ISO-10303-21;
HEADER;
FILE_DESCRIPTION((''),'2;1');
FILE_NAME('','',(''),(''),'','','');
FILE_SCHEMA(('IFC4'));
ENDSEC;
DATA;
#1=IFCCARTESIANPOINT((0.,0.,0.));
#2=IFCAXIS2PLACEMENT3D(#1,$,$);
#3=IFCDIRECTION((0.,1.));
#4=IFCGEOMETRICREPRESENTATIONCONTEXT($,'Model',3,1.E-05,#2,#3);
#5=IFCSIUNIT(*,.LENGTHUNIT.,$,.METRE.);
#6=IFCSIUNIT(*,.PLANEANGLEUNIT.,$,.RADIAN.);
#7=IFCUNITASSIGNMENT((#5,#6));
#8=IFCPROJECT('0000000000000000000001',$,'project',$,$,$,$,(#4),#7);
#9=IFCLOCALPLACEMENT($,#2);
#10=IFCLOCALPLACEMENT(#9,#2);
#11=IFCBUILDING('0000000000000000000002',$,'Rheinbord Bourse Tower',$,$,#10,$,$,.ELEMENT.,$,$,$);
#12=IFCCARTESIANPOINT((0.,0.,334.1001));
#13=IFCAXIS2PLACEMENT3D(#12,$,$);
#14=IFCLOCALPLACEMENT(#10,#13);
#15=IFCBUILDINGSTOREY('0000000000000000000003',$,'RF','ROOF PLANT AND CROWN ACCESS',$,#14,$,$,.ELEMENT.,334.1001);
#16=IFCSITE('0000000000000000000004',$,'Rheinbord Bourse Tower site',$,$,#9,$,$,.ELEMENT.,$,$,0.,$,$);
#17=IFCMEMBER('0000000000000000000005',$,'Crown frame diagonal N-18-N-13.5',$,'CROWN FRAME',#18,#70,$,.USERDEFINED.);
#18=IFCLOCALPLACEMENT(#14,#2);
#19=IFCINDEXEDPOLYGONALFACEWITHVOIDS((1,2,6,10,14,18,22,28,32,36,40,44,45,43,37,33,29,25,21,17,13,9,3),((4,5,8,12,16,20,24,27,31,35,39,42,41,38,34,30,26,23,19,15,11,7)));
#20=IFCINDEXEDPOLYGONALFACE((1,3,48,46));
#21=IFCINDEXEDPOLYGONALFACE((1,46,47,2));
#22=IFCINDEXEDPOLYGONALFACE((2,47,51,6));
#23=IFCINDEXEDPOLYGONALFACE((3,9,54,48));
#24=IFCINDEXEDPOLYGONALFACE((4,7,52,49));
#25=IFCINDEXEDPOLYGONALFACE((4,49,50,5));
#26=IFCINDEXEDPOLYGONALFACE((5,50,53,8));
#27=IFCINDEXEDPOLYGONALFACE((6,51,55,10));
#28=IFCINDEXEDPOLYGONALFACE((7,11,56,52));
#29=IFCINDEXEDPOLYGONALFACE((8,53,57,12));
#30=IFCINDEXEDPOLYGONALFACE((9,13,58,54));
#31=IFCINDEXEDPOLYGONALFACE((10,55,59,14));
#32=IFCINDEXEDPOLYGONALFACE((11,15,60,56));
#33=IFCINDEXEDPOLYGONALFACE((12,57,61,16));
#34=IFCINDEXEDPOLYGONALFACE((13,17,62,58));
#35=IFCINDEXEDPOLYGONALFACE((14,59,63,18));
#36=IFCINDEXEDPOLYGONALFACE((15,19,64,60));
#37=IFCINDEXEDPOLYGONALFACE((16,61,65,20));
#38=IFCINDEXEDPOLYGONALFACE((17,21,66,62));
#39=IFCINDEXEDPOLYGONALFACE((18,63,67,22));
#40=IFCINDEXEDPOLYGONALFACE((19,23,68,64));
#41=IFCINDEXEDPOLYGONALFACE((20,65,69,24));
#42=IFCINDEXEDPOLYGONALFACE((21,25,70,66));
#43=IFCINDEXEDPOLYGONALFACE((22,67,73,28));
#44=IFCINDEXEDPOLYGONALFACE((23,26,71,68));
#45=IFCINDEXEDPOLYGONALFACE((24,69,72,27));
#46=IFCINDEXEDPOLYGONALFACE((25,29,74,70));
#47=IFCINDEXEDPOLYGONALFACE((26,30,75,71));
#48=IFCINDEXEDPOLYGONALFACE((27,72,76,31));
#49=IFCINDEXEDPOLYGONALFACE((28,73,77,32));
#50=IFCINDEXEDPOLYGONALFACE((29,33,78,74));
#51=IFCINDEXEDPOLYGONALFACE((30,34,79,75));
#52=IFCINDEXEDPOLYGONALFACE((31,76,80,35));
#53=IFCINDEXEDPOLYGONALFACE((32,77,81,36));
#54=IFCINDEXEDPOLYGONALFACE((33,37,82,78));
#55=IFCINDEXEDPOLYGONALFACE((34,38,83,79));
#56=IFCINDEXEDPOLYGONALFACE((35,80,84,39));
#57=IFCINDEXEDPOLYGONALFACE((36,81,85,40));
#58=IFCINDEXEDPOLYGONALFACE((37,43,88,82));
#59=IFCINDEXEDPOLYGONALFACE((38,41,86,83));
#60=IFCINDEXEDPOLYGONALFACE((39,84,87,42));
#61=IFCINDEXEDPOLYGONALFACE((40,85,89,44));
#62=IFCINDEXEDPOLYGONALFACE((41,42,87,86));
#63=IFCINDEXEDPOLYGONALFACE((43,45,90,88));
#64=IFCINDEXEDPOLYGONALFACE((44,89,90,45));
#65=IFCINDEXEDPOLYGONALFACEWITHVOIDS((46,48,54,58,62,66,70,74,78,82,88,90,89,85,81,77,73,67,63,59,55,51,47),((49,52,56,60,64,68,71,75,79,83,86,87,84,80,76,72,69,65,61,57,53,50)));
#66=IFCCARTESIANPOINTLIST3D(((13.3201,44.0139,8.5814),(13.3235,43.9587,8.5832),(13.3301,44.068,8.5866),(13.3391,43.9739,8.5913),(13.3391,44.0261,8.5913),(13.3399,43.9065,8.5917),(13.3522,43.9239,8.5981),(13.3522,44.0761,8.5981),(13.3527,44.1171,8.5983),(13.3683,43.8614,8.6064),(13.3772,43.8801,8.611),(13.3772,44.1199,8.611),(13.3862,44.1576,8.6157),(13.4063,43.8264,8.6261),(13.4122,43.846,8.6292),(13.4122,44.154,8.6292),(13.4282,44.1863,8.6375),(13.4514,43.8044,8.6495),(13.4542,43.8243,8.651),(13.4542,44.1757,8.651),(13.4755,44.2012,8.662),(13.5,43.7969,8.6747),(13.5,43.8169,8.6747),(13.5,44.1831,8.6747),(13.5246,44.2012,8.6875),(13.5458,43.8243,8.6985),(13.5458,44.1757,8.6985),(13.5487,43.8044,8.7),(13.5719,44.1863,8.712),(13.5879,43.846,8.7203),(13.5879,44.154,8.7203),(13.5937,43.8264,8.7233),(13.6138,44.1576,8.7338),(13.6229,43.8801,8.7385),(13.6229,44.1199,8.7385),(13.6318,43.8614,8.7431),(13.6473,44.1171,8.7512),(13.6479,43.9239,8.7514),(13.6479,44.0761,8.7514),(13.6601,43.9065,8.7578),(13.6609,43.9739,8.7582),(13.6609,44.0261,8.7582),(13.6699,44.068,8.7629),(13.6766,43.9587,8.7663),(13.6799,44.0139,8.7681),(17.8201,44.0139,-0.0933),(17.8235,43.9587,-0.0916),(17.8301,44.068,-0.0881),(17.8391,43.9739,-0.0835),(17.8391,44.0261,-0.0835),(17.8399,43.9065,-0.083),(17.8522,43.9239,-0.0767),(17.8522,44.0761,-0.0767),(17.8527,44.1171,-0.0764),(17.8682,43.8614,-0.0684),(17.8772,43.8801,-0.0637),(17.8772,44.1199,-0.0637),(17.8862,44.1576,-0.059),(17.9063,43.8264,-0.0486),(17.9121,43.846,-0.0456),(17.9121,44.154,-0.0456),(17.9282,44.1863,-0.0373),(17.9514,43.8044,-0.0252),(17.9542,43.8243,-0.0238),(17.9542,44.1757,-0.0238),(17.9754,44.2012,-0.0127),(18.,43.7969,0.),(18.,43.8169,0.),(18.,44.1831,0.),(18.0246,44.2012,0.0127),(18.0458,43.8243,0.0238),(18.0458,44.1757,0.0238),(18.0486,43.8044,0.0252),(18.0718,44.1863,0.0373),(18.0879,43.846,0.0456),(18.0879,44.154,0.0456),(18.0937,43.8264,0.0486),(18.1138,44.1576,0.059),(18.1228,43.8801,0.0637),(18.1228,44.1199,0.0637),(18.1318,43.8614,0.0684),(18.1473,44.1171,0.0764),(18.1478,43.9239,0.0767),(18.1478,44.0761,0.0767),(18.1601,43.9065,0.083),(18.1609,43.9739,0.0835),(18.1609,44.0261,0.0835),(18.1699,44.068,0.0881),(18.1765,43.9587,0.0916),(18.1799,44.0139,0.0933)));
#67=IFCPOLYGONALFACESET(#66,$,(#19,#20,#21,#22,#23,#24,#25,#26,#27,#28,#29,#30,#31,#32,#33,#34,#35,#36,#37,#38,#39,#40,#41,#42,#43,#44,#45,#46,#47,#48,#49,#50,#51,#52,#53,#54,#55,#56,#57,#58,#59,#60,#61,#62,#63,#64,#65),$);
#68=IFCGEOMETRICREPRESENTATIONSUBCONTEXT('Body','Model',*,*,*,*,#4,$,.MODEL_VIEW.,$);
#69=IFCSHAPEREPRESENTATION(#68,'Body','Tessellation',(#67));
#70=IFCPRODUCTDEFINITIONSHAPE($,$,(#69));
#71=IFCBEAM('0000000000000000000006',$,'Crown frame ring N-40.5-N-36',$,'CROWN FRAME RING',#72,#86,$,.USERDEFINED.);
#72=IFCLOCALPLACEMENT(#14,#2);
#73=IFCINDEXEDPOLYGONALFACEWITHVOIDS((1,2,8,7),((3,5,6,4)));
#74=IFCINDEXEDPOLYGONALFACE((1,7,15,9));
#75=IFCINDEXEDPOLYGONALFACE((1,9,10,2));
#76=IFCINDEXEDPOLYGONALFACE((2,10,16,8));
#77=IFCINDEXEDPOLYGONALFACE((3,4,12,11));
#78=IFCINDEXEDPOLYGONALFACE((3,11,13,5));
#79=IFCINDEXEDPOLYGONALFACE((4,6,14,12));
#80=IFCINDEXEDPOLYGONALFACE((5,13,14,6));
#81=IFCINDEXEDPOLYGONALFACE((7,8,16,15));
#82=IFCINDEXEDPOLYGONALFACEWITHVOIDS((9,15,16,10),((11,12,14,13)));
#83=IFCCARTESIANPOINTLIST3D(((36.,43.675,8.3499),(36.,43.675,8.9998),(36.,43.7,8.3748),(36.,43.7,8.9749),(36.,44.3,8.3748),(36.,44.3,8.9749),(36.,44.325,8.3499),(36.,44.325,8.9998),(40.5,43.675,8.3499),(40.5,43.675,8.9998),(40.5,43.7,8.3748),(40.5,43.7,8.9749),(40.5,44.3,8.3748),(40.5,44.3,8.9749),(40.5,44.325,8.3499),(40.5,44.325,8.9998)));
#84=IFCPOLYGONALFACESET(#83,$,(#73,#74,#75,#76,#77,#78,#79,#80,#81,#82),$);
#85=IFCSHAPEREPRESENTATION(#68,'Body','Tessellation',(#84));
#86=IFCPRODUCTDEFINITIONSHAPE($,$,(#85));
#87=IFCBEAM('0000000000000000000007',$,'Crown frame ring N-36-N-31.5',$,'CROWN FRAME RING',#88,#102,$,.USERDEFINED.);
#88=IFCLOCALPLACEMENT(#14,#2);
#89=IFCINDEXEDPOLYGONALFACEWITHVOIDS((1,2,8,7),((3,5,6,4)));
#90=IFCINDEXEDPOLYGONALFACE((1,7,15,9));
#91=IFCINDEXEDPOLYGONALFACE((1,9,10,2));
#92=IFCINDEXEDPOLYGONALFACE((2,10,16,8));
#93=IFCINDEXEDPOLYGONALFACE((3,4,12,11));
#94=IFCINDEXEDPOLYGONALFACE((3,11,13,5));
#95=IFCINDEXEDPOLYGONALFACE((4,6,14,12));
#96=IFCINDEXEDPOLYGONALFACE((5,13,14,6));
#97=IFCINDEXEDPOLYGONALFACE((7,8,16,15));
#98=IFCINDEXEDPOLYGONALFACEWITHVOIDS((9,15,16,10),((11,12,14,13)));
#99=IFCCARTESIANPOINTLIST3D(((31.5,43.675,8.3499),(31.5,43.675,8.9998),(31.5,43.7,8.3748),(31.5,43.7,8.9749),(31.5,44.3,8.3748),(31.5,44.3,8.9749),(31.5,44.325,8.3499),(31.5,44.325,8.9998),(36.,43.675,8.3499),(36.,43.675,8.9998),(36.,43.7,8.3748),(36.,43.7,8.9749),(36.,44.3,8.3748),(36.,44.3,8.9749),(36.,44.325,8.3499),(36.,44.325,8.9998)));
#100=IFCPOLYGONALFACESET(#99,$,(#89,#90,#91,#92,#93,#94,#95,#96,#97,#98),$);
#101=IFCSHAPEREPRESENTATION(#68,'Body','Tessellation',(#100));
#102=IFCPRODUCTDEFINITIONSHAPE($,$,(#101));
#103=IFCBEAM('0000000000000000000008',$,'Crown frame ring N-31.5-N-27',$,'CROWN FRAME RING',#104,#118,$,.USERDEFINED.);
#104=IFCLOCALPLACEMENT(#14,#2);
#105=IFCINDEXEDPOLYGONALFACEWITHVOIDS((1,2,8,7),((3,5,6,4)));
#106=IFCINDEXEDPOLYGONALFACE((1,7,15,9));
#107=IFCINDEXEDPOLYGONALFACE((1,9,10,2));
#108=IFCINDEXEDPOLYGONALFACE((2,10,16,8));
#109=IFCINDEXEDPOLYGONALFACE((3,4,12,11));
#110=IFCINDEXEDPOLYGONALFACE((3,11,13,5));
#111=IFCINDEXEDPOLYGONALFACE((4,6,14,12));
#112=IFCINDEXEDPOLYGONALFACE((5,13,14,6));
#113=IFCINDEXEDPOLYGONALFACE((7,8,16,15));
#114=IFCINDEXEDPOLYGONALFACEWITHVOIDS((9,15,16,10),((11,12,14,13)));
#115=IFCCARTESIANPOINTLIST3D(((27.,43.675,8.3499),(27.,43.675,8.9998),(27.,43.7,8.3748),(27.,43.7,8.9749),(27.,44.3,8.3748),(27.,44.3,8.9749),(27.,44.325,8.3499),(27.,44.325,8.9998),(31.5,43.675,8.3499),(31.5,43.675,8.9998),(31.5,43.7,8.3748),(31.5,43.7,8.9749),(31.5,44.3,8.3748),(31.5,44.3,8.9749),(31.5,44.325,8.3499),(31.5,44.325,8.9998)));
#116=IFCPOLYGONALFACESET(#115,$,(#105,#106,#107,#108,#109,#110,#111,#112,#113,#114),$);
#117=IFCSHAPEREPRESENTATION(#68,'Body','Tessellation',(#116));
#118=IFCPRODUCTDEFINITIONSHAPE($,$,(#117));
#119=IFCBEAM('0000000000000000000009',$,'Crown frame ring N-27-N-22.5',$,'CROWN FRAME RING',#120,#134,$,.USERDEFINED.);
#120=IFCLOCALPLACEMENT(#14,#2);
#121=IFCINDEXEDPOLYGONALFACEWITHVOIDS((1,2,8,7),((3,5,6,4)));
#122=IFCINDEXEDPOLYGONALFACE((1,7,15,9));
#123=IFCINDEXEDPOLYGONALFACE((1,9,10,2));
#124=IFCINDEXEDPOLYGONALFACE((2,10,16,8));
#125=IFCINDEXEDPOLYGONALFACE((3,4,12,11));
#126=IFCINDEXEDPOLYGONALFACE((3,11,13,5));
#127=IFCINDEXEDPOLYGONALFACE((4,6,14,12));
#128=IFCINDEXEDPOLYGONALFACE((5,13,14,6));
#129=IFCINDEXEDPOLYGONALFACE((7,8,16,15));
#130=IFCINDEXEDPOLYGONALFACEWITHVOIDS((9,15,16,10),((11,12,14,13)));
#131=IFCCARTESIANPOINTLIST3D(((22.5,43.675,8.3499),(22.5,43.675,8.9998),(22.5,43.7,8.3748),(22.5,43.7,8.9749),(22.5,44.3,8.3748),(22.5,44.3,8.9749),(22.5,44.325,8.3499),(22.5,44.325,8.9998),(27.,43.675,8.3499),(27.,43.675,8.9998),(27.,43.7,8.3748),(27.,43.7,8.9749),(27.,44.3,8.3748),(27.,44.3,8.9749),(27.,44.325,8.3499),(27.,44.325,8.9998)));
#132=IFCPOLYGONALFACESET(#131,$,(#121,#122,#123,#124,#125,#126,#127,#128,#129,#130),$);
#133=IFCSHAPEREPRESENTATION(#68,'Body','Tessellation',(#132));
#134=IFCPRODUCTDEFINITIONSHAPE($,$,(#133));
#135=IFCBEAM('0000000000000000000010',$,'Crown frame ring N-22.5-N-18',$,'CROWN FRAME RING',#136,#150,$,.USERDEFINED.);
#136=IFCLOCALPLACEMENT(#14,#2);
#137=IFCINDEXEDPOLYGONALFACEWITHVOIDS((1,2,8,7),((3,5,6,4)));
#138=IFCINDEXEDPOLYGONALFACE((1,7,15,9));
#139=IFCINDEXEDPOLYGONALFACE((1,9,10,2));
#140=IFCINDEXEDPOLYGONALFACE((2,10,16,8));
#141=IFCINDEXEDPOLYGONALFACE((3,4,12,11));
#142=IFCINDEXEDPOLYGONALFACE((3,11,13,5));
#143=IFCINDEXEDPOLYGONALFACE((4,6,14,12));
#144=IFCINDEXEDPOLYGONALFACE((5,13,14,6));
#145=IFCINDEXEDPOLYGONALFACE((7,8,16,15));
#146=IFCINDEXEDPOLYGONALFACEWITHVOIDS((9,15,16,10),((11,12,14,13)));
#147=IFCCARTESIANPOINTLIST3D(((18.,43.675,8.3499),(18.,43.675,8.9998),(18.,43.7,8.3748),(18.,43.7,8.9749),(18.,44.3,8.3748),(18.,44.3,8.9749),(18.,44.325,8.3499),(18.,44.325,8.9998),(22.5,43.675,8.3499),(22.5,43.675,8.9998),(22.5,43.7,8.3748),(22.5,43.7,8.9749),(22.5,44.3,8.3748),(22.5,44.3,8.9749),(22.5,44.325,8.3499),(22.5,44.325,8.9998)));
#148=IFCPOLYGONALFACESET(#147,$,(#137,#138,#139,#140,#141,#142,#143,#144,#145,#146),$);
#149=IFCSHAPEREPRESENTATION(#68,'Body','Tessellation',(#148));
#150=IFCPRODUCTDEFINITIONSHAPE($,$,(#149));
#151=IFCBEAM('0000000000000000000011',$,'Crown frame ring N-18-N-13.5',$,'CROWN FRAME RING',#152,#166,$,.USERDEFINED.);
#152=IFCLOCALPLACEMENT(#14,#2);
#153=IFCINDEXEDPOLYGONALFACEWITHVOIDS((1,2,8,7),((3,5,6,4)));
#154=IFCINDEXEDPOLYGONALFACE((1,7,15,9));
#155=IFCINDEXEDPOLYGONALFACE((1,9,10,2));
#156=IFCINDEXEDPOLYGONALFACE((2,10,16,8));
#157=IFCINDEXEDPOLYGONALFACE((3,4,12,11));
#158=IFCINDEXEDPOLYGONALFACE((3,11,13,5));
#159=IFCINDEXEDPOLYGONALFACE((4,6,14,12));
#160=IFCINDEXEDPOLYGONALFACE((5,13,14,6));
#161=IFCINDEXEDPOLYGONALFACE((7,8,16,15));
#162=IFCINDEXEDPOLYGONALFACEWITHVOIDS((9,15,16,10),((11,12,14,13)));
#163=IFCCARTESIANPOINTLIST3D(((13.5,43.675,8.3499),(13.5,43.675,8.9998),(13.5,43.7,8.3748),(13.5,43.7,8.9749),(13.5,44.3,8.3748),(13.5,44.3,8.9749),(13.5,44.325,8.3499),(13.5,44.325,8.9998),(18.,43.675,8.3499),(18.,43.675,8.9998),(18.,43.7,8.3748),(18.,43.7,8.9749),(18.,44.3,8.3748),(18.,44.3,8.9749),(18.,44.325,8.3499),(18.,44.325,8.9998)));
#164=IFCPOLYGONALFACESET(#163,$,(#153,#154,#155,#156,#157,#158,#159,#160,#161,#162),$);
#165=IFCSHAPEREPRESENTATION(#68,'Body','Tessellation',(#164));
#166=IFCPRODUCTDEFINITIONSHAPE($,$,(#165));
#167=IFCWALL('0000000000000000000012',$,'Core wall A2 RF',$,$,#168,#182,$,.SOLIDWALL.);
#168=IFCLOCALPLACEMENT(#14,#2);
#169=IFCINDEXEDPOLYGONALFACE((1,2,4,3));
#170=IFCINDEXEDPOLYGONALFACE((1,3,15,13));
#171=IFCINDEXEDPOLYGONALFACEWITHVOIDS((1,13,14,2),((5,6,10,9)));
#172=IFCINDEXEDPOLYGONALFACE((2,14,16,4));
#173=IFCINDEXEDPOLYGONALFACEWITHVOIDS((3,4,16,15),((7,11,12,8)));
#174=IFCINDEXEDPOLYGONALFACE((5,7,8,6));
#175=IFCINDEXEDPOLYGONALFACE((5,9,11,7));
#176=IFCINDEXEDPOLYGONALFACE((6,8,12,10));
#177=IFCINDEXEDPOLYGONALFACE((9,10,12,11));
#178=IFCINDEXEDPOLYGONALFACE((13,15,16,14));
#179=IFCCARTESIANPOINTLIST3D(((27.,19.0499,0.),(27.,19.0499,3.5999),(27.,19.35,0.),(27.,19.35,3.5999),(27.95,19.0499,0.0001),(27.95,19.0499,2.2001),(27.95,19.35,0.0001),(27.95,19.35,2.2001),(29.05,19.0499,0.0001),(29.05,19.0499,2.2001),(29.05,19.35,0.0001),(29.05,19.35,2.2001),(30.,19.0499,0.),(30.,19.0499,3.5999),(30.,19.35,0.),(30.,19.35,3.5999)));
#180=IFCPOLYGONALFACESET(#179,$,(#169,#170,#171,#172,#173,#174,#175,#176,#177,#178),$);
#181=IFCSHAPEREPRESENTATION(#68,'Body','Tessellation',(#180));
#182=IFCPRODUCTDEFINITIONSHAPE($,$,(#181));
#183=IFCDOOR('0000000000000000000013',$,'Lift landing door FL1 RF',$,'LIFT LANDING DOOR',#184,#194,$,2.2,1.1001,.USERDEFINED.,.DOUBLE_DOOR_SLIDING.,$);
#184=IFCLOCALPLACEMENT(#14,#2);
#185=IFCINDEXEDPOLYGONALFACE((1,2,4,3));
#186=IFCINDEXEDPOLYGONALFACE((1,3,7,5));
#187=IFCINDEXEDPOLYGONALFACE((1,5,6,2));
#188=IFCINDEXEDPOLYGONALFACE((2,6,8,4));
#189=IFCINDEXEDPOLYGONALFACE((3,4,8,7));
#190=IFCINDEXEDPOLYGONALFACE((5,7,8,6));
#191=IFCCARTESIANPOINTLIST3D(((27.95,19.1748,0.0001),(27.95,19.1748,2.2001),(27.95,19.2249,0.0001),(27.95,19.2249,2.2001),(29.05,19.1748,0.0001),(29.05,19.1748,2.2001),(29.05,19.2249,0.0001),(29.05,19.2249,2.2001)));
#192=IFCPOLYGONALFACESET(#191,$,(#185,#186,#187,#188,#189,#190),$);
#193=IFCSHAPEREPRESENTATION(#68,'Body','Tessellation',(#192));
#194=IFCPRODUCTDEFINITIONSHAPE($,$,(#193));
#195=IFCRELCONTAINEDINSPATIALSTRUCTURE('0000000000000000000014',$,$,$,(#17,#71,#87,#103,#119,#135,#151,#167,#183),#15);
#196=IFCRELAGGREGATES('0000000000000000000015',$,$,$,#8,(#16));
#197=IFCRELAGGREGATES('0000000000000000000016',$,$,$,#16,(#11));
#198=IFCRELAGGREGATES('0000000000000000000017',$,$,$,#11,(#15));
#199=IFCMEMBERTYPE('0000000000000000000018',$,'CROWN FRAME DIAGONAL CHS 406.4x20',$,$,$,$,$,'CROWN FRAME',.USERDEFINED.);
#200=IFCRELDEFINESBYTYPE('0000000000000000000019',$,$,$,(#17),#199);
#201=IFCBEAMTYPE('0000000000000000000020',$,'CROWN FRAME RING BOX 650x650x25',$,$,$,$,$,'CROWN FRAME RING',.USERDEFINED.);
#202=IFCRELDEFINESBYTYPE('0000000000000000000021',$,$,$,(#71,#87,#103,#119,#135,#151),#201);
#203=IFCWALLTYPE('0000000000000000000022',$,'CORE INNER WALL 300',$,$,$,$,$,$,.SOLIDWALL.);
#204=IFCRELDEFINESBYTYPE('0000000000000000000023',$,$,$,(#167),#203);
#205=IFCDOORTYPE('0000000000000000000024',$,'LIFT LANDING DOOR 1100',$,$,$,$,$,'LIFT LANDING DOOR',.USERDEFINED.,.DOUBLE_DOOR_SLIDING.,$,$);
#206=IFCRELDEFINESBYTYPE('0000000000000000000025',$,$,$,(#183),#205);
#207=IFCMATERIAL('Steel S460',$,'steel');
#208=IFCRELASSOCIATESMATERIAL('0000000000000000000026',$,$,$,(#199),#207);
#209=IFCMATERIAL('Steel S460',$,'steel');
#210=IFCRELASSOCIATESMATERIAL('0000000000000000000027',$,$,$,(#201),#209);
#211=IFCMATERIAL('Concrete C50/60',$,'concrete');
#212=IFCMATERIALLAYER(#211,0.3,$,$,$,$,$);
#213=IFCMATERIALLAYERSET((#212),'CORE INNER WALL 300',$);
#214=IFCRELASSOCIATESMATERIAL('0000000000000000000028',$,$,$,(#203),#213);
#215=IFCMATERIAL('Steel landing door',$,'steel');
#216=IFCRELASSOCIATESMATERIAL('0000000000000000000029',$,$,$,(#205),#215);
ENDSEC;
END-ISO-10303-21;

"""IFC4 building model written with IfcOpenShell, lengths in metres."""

from ifc_helpers import new_model, si_unit, direction, frame, frame_2d, origin, origin_2d, place, context, subcontext, project, spatial, rectangle, hollow_rectangle, hollow_circle, extrude, material, layer, layer_set, material_profile, profile_set, type_object, element, fill, save


model = new_model("IFC4")

# Units and contexts
model_context = context("Model", 3, precision=1e-05, world=origin(), true_north=direction((0.0, 1.0)))
body_context = subcontext(model_context, "Body", "Model", "MODEL_VIEW")
ifc_project = project(units=[si_unit("LENGTHUNIT", "METRE"), si_unit("PLANEANGLEUNIT", "RADIAN")], contexts=[model_context])

# Site, building, storey
site_placement = place(None, origin())
site = spatial("IfcSite", under=ifc_project, at=site_placement, Name="Rheinbord Bourse Tower site", CompositionType="ELEMENT", RefElevation=0.0)
building_placement = place(site_placement, origin())
building = spatial("IfcBuilding", under=site, at=building_placement, Name="Rheinbord Bourse Tower", CompositionType="ELEMENT")
storey_placement = place(building_placement, frame((0.0, 0.0, 334.1001)))
storey = spatial("IfcBuildingStorey", under=building, at=storey_placement, Name="RF", Description="ROOF PLANT AND CROWN ACCESS", CompositionType="ELEMENT", Elevation=334.1001)

# Member
ifc_material_1 = material(Name="Steel S460", Category="steel")
ifc_material_profile_1 = material_profile(ifc_material_1, hollow_circle(Radius=0.2031, WallThickness=0.02, at=origin_2d()), Name="CHS 406.4x20")
ifc_profile_set_1 = profile_set([ifc_material_profile_1], Name="Steel S460")
member_type = type_object("IfcMemberType", Name="CROWN FRAME DIAGONAL CHS 406.4x20", ElementType="CROWN FRAME", PredefinedType="USERDEFINED", material=ifc_profile_set_1)
for number, where, z_axis, x_axis, name in (
    (1, (18.0, 44.0, 0.0), (-0.460475, 0.0, 0.887673), (0.0, -1.0, 0.0), "Crown frame diagonal N-18-N-13.5"),
):
    element("IfcMember", number, at=place(storey_placement, frame(where, z_axis=z_axis, x_axis=x_axis)), inside=storey, type_object=member_type, Name=name, ObjectType="CROWN FRAME", PredefinedType="USERDEFINED", context=body_context, shape_type="SweptSolid", body=[
        extrude(hollow_circle(Radius=0.2031, WallThickness=0.02, at=origin_2d()), origin(), (0.0, 0.0, 1.0), 9.7725),
    ])

# Beams
ifc_material_2 = material(Name="Steel S460", Category="steel")
ifc_material_profile_2 = material_profile(ifc_material_2, hollow_rectangle(XDim=0.6499, YDim=0.6499, WallThickness=0.0249, at=origin_2d()), Name="BOX 650x650x25")
ifc_profile_set_2 = profile_set([ifc_material_profile_2], Name="Steel S460")
beam_type = type_object("IfcBeamType", Name="CROWN FRAME RING BOX 650x650x25", ElementType="CROWN FRAME RING", PredefinedType="USERDEFINED", material=ifc_profile_set_2)
for number, where, z_axis, x_axis, name in (
    (2, (40.5, 44.0, 8.6748), (-1.0, 0.0, 0.0), (0.0, -1.0, 0.0), "Crown frame ring N-40.5-N-36"),
    (3, (36.0, 44.0, 8.6748), (-1.0, 0.0, 0.0), (0.0, -1.0, 0.0), "Crown frame ring N-36-N-31.5"),
    (4, (31.5, 44.0, 8.6748), (-1.0, 0.0, 0.0), (0.0, -1.0, 0.0), "Crown frame ring N-31.5-N-27"),
    (5, (27.0, 44.0, 8.6748), (-1.0, 0.0, 0.0), (0.0, -1.0, 0.0), "Crown frame ring N-27-N-22.5"),
    (6, (22.5, 44.0, 8.6748), (-1.0, 0.0, 0.0), (0.0, -1.0, 0.0), "Crown frame ring N-22.5-N-18"),
    (7, (18.0, 44.0, 8.6748), (-1.0, 0.0, 0.0), (0.0, -1.0, 0.0), "Crown frame ring N-18-N-13.5"),
):
    element("IfcBeam", number, at=place(storey_placement, frame(where, z_axis=z_axis, x_axis=x_axis)), inside=storey, type_object=beam_type, Name=name, ObjectType="CROWN FRAME RING", PredefinedType="USERDEFINED", context=body_context, shape_type="SweptSolid", body=[
        extrude(hollow_rectangle(XDim=0.6499, YDim=0.6499, WallThickness=0.0249, at=origin_2d()), origin(), (0.0, 0.0, 1.0), 4.5),
    ])

# Wall, opening, door
ifc_material_3 = material(Name="Concrete C50/60", Category="concrete")
ifc_layer_1 = layer(ifc_material_3, 0.3)
ifc_layer_set_1 = layer_set([ifc_layer_1], Name="CORE INNER WALL 300")
wall_type_1 = type_object("IfcWallType", Name="CORE INNER WALL 300", PredefinedType="SOLIDWALL", material=ifc_layer_set_1)
wall_1_placement = place(storey_placement, frame((27.0, 19.2, 0.0), z_axis=(0.0, 0.0, 1.0), x_axis=(1.0, 0.0, 0.0)))
wall_1 = element("IfcWall", 8, at=wall_1_placement, inside=storey, type_object=wall_type_1, Name="Core wall A2 RF", PredefinedType="SOLIDWALL", context=body_context, shape_type="SweptSolid", body=[
    extrude(rectangle(XDim=3.0, YDim=0.3, at=frame_2d((1.5, 0.0))), origin(), (0.0, 0.0, 1.0), 3.5999),
])
opening_1_placement = place(wall_1_placement, frame((0.95, 0.0, 0.0)))
opening_1 = element("IfcOpeningElement", 9, at=opening_1_placement, cuts=wall_1, PredefinedType="OPENING", context=body_context, shape_type="SweptSolid", body=[
    extrude(rectangle(XDim=1.1001, YDim=2.2, at=frame_2d((0.55, 1.1001))), frame((0.0, 0.1599, 0.0), z_axis=(0.0, -1.0, 0.0), x_axis=(1.0, 0.0, 0.0)), (0.0, 0.0, 1.0), 0.3201),
])
ifc_material_4 = material(Name="Steel landing door", Category="steel")
door_type_1 = type_object("IfcDoorType", Name="LIFT LANDING DOOR 1100", ElementType="LIFT LANDING DOOR", OperationType="DOUBLE_DOOR_SLIDING", PredefinedType="USERDEFINED", material=ifc_material_4)
door_1_placement = place(opening_1_placement, origin())
door_1 = element("IfcDoor", 10, at=door_1_placement, inside=storey, type_object=door_type_1, Name="Lift landing door FL1 RF", ObjectType="LIFT LANDING DOOR", OperationType="DOUBLE_DOOR_SLIDING", OverallHeight=2.2, OverallWidth=1.1001, PredefinedType="USERDEFINED", context=body_context, shape_type="SweptSolid", body=[
    extrude(rectangle(XDim=1.1001, YDim=2.2, at=frame_2d((0.55, 1.1001))), frame((0.0, 0.0249, 0.0), z_axis=(0.0, -1.0, 0.0), x_axis=(1.0, 0.0, 0.0)), (0.0, 0.0, 1.0), 0.05),
])
fill(opening_1, door_1)

save(model, "model.ifc")
